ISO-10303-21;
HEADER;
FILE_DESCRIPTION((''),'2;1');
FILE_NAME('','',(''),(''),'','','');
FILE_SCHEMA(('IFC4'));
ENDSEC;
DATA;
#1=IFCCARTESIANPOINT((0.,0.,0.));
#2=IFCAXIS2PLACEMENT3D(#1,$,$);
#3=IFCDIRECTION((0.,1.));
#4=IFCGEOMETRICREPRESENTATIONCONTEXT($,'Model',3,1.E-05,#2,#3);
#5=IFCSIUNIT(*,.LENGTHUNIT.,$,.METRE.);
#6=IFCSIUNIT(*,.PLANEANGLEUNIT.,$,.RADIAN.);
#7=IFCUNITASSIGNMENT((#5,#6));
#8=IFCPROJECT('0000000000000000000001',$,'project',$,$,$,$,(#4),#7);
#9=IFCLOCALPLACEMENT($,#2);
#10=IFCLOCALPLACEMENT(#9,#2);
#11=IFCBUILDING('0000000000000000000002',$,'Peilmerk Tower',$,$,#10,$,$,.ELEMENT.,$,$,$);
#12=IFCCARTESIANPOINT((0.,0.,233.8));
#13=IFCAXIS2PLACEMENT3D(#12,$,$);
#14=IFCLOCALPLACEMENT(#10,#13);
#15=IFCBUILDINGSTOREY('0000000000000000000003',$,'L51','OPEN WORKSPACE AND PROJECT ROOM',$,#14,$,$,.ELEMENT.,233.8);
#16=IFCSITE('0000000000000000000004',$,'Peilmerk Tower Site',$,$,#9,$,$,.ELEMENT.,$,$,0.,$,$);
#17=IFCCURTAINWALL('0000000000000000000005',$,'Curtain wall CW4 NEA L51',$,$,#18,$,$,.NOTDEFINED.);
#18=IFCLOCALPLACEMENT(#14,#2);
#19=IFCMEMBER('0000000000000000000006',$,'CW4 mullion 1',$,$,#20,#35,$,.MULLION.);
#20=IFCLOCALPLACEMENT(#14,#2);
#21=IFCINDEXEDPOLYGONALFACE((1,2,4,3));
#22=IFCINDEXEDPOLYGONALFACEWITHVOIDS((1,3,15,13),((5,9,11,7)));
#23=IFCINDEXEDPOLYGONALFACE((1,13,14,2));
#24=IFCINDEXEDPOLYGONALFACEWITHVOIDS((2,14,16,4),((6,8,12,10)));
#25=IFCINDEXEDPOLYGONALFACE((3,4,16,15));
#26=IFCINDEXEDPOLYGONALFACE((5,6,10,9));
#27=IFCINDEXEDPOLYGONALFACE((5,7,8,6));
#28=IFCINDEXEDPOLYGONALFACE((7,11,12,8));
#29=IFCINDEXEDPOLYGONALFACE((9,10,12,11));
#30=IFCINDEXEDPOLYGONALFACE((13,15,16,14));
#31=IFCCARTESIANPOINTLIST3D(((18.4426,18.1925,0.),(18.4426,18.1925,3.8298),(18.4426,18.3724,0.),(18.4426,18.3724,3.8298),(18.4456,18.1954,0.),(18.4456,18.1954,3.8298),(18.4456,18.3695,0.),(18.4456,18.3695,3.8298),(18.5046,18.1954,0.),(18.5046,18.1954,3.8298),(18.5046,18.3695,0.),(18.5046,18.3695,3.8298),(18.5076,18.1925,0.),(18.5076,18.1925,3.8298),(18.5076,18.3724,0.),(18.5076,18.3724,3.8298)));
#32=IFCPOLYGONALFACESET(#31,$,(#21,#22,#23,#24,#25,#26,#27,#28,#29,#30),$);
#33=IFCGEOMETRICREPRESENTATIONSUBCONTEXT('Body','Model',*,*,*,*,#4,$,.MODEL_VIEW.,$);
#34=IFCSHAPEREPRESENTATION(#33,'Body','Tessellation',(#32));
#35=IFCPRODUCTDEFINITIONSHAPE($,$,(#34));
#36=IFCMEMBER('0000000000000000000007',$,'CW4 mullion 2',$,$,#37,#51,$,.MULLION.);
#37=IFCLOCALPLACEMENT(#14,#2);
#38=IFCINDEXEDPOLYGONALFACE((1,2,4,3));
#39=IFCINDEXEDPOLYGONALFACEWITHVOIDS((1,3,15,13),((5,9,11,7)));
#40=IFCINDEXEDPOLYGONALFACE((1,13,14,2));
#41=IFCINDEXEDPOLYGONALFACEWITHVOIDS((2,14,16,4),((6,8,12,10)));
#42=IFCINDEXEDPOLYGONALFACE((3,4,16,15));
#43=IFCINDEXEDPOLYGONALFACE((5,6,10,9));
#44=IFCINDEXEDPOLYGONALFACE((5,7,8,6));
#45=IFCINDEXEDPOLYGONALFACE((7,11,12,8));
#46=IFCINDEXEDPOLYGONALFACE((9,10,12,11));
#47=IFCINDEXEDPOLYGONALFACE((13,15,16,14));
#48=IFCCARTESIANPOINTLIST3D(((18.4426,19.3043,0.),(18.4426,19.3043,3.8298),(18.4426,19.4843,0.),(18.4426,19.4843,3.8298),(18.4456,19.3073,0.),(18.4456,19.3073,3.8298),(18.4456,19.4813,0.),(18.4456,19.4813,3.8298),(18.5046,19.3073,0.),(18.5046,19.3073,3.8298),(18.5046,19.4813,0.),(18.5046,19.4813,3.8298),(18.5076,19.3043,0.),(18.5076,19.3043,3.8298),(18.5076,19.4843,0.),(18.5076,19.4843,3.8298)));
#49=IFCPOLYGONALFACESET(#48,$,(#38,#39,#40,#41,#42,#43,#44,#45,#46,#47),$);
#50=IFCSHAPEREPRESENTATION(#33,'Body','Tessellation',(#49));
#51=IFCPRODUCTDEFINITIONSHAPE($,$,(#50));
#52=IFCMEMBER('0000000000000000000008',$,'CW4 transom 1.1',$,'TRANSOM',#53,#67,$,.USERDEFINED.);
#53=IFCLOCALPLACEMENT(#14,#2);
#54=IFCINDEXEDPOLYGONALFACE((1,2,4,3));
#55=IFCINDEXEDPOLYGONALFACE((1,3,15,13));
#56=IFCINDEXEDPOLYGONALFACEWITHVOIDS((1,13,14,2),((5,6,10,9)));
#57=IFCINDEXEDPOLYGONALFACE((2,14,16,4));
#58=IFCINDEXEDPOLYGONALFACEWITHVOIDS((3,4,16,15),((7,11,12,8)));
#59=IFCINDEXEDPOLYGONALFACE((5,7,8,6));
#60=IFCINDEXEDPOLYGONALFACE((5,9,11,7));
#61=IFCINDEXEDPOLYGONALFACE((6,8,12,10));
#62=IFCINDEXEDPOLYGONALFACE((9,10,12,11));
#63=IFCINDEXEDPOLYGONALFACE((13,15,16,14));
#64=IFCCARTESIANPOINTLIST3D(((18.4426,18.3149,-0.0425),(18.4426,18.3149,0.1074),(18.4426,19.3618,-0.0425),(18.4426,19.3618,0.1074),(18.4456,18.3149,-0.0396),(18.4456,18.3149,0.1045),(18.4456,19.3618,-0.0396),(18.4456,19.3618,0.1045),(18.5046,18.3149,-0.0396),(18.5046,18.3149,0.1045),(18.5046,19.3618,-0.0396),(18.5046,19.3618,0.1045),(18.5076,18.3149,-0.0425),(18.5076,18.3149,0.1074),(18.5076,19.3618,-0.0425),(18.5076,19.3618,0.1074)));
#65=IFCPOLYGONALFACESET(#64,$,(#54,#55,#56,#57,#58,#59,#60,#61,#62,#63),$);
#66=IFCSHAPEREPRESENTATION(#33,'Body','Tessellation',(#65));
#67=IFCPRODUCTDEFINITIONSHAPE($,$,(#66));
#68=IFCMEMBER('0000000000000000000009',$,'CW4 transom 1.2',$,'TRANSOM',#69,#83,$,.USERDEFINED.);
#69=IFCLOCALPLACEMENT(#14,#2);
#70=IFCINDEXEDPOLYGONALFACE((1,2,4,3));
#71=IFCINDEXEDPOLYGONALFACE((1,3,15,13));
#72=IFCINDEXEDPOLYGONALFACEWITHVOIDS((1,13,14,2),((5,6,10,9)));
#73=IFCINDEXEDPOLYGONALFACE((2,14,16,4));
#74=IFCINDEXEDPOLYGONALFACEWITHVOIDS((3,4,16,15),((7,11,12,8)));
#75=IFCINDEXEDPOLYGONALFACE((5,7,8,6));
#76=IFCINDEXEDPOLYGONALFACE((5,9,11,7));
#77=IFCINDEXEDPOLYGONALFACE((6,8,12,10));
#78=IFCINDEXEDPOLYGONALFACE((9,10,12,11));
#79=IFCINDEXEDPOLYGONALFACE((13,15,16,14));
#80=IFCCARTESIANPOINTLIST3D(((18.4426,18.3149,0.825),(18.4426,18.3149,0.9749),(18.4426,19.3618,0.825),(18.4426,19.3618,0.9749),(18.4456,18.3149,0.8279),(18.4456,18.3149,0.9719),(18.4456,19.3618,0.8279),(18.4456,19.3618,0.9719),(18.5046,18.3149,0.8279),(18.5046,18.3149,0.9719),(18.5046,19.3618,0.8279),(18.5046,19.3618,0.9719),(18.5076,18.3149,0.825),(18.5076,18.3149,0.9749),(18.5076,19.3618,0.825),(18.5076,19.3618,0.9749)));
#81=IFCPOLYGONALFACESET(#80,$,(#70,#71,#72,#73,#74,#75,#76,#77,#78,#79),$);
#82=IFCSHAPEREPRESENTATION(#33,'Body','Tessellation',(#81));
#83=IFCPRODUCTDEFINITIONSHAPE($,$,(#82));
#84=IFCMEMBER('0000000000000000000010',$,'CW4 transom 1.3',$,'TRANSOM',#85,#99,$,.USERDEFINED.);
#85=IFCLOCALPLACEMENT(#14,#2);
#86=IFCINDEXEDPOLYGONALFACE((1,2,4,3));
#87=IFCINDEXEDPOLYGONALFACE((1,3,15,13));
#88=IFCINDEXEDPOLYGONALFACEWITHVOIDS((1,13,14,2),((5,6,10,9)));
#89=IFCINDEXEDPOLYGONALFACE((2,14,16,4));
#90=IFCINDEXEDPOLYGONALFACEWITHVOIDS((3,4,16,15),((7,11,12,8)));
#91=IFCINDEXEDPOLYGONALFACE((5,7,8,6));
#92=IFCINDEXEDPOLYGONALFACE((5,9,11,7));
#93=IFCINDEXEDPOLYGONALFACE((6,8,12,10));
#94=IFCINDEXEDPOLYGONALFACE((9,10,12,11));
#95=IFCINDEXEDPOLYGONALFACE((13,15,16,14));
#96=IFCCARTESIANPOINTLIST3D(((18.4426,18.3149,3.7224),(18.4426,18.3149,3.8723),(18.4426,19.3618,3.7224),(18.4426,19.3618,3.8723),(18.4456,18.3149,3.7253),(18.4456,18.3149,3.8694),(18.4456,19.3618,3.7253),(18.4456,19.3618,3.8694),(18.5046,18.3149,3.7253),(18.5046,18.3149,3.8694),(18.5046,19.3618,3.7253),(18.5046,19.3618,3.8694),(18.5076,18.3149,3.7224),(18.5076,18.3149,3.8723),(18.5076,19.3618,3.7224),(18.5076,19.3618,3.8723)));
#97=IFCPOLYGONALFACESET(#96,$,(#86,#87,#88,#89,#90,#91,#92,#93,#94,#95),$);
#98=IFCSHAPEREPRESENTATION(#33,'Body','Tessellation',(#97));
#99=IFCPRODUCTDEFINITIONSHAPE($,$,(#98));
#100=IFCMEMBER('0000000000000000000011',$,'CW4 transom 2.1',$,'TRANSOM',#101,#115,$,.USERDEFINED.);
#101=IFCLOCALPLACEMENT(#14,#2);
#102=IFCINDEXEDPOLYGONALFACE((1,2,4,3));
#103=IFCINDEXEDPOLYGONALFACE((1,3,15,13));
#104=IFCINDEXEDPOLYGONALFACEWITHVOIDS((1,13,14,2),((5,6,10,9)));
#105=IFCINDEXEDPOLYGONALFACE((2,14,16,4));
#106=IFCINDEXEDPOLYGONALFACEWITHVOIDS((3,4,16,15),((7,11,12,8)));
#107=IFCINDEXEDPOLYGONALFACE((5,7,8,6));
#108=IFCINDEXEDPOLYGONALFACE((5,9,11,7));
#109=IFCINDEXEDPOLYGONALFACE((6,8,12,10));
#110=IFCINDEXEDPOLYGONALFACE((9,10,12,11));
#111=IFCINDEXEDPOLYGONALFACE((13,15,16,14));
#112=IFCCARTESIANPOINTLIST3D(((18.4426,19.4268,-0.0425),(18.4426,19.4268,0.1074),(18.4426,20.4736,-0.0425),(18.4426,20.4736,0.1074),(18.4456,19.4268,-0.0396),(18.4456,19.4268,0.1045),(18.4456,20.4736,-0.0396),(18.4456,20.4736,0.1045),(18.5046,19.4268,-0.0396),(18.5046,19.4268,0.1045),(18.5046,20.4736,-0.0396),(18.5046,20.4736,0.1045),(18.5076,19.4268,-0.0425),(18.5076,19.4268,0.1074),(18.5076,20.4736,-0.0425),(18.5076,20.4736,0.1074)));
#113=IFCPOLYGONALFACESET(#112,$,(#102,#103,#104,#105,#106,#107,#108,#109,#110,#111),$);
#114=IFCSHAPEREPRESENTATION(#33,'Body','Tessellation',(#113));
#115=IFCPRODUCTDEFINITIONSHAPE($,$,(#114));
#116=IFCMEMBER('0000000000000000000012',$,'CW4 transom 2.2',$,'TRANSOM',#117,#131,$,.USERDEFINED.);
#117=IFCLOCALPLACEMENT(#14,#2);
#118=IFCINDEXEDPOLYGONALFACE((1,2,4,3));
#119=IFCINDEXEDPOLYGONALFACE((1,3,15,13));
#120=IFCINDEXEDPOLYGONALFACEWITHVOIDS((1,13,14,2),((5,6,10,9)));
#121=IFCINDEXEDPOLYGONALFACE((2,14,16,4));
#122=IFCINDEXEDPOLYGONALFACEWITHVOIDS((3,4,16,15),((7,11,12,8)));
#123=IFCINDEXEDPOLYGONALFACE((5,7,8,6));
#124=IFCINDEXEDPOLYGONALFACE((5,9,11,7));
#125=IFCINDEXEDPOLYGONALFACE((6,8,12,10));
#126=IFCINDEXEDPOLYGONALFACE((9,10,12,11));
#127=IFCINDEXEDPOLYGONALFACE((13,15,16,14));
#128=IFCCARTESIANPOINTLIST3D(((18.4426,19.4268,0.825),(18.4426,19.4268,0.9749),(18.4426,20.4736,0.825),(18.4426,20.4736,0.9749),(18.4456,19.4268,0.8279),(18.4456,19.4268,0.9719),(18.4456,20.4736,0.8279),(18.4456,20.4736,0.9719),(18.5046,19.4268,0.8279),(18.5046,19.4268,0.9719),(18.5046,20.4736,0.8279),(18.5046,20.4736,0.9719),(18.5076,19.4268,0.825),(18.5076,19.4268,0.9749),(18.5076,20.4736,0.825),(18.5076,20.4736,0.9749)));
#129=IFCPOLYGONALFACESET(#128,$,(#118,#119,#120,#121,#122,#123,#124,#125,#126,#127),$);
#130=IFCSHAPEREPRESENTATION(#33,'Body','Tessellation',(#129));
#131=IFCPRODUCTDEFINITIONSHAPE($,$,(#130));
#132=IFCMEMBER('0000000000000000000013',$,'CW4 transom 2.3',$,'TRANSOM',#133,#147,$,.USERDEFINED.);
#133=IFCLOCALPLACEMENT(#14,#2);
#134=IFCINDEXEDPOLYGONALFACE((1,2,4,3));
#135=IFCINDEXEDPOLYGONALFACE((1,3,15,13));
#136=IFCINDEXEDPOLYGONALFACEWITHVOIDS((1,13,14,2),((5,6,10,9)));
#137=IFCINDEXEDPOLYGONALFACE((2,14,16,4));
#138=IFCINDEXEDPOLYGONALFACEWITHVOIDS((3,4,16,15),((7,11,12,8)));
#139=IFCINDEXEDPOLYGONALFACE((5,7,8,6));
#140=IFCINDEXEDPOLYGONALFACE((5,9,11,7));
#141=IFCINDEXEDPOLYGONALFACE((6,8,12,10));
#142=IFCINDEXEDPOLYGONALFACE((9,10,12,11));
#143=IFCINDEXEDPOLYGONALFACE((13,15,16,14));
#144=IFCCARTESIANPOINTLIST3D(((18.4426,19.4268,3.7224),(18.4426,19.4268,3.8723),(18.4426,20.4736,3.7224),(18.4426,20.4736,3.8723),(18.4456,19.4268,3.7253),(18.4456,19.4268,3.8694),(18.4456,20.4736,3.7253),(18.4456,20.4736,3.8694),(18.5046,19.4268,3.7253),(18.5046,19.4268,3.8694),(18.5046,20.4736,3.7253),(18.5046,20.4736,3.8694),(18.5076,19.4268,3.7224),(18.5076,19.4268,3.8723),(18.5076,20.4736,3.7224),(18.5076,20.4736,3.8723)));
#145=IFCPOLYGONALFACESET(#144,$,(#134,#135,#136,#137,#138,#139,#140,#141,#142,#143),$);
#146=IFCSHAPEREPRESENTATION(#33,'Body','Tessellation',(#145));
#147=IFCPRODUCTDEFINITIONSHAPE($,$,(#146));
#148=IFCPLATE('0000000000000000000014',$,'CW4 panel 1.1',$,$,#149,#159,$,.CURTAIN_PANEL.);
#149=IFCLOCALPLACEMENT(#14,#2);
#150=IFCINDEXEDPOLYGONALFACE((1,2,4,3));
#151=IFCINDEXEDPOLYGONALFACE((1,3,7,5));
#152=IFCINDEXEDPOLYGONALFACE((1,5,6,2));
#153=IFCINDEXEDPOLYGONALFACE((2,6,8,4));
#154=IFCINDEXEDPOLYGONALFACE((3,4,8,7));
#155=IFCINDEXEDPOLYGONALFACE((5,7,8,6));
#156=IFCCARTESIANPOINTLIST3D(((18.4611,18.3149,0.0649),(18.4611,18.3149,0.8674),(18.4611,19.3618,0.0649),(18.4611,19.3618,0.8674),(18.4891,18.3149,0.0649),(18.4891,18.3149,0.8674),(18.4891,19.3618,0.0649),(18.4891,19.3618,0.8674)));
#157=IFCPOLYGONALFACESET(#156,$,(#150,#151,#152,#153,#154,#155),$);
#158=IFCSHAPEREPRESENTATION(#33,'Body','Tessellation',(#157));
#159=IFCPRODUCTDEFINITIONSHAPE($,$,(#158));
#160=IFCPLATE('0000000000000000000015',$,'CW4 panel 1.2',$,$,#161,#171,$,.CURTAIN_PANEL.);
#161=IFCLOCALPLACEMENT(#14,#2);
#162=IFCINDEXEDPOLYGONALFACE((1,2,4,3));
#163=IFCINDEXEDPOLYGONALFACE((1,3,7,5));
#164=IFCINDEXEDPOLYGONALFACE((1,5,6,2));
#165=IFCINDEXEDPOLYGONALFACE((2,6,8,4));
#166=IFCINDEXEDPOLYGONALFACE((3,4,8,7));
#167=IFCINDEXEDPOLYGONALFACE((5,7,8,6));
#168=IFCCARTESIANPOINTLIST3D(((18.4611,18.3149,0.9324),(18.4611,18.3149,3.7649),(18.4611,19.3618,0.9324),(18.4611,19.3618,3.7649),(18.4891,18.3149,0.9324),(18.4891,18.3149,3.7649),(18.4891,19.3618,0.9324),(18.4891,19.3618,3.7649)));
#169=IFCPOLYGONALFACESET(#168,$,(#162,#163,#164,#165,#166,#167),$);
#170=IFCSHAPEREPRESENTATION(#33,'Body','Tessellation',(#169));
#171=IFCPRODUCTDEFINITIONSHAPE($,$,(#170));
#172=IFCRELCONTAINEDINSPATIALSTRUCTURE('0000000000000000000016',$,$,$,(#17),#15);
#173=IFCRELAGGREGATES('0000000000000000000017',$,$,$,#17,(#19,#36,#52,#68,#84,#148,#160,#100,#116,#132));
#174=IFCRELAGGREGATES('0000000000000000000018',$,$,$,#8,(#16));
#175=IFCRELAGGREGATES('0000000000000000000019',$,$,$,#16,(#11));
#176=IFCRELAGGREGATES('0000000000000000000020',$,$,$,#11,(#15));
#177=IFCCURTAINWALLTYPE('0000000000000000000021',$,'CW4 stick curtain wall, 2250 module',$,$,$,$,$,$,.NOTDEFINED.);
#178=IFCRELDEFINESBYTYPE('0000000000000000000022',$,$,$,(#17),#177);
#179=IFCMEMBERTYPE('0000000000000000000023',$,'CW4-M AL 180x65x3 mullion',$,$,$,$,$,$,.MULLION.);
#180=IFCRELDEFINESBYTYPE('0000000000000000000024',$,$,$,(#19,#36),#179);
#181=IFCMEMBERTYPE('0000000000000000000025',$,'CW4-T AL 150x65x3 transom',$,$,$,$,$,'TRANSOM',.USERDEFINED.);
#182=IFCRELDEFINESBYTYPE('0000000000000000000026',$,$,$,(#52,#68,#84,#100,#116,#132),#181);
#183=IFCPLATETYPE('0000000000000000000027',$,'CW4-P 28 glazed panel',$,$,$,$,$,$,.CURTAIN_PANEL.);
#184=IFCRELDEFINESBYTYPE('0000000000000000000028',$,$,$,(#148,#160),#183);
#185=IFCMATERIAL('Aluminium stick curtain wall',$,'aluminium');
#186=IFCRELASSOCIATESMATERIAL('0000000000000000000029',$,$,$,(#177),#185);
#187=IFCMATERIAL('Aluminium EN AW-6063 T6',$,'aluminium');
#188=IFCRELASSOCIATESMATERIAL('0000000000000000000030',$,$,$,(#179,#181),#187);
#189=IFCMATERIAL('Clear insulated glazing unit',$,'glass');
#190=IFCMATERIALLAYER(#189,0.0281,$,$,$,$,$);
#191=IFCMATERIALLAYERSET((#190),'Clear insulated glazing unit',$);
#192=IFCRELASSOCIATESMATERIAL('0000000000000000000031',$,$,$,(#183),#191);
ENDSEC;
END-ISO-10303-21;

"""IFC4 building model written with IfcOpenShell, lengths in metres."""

from ifc_helpers import new_model, si_unit, direction, frame, origin, origin_2d, place, context, subcontext, project, spatial, rectangle, hollow_rectangle, extrude, material, layer, layer_set, material_profile, profile_set, type_object, element, aggregate, save


model = new_model("IFC4")

# Units and contexts
model_context = context("Model", 3, precision=1e-05, world=origin(), true_north=direction((0.0, 1.0)))
body_context = subcontext(model_context, "Body", "Model", "MODEL_VIEW")
ifc_project = project(units=[si_unit("LENGTHUNIT", "METRE"), si_unit("PLANEANGLEUNIT", "RADIAN")], contexts=[model_context])

# Site, building, storey
site_placement = place(None, origin())
site = spatial("IfcSite", under=ifc_project, at=site_placement, Name="Peilmerk Tower Site", CompositionType="ELEMENT", RefElevation=0.0)
building_placement = place(site_placement, origin())
building = spatial("IfcBuilding", under=site, at=building_placement, Name="Peilmerk Tower", CompositionType="ELEMENT")
storey_placement = place(building_placement, frame((0.0, 0.0, 233.8)))
storey = spatial("IfcBuildingStorey", under=building, at=storey_placement, Name="L51", Description="OPEN WORKSPACE AND PROJECT ROOM", CompositionType="ELEMENT", Elevation=233.8)

# Curtain wall, members, plates
ifc_material_1 = material(Name="Aluminium stick curtain wall", Category="aluminium")
curtain_wall_type = type_object("IfcCurtainWallType", Name="CW4 stick curtain wall, 2250 module", PredefinedType="NOTDEFINED", material=ifc_material_1)
curtain_wall_placement = place(storey_placement, origin())
curtain_wall = element("IfcCurtainWall", 1, at=curtain_wall_placement, inside=storey, type_object=curtain_wall_type, Name="Curtain wall CW4 NEA L51", PredefinedType="NOTDEFINED")
ifc_material_2 = material(Name="Aluminium EN AW-6063 T6", Category="aluminium")
ifc_material_profile_1 = material_profile(ifc_material_2, hollow_rectangle(XDim=0.0649, YDim=0.1799, WallThickness=0.0029, at=origin_2d()), Name="AL 180x65x3")
ifc_profile_set_1 = profile_set([ifc_material_profile_1], Name="Aluminium EN AW-6063 T6")
member_type_1 = type_object("IfcMemberType", Name="CW4-M AL 180x65x3 mullion", PredefinedType="MULLION", material=ifc_profile_set_1)
member_1_placement = place(storey_placement, frame((18.4751, 18.2825, 0.0), z_axis=(0.0, 0.0, 1.0), x_axis=(-1.0, 0.0, 0.0)))
member_1 = element("IfcMember", 2, at=member_1_placement, type_object=member_type_1, Name="CW4 mullion 1", PredefinedType="MULLION", context=body_context, shape_type="SweptSolid", body=[
    extrude(hollow_rectangle(XDim=0.0649, YDim=0.1799, WallThickness=0.0029, at=origin_2d()), origin(), (0.0, 0.0, 1.0), 3.8298),
])
member_2_placement = place(storey_placement, frame((18.4751, 19.3943, 0.0), z_axis=(0.0, 0.0, 1.0), x_axis=(-1.0, 0.0, 0.0)))
member_2 = element("IfcMember", 3, at=member_2_placement, type_object=member_type_1, Name="CW4 mullion 2", PredefinedType="MULLION", context=body_context, shape_type="SweptSolid", body=[
    extrude(hollow_rectangle(XDim=0.0649, YDim=0.1799, WallThickness=0.0029, at=origin_2d()), origin(), (0.0, 0.0, 1.0), 3.8298),
])
ifc_material_profile_2 = material_profile(ifc_material_2, hollow_rectangle(XDim=0.0649, YDim=0.1499, WallThickness=0.0029, at=origin_2d()), Name="AL 150x65x3")
ifc_profile_set_2 = profile_set([ifc_material_profile_2], Name="Aluminium EN AW-6063 T6")
member_type_2 = type_object("IfcMemberType", Name="CW4-T AL 150x65x3 transom", ElementType="TRANSOM", PredefinedType="USERDEFINED", material=ifc_profile_set_2)
member_3_placement = place(storey_placement, frame((18.4751, 18.3149, 0.0325), z_axis=(0.0, 1.0, 0.0), x_axis=(-1.0, 0.0, 0.0)))
member_3 = element("IfcMember", 4, at=member_3_placement, type_object=member_type_2, Name="CW4 transom 1.1", ObjectType="TRANSOM", PredefinedType="USERDEFINED", context=body_context, shape_type="SweptSolid", body=[
    extrude(hollow_rectangle(XDim=0.0649, YDim=0.1499, WallThickness=0.0029, at=origin_2d()), origin(), (0.0, 0.0, 1.0), 1.0469),
])
member_4_placement = place(storey_placement, frame((18.4751, 18.3149, 0.8999), z_axis=(0.0, 1.0, 0.0), x_axis=(-1.0, 0.0, 0.0)))
member_4 = element("IfcMember", 5, at=member_4_placement, type_object=member_type_2, Name="CW4 transom 1.2", ObjectType="TRANSOM", PredefinedType="USERDEFINED", context=body_context, shape_type="SweptSolid", body=[
    extrude(hollow_rectangle(XDim=0.0649, YDim=0.1499, WallThickness=0.0029, at=origin_2d()), origin(), (0.0, 0.0, 1.0), 1.0469),
])
member_5_placement = place(storey_placement, frame((18.4751, 18.3149, 3.7974), z_axis=(0.0, 1.0, 0.0), x_axis=(-1.0, 0.0, 0.0)))
member_5 = element("IfcMember", 6, at=member_5_placement, type_object=member_type_2, Name="CW4 transom 1.3", ObjectType="TRANSOM", PredefinedType="USERDEFINED", context=body_context, shape_type="SweptSolid", body=[
    extrude(hollow_rectangle(XDim=0.0649, YDim=0.1499, WallThickness=0.0029, at=origin_2d()), origin(), (0.0, 0.0, 1.0), 1.0469),
])
member_6_placement = place(storey_placement, frame((18.4751, 19.4268, 0.0325), z_axis=(0.0, 1.0, 0.0), x_axis=(-1.0, 0.0, 0.0)))
member_6 = element("IfcMember", 7, at=member_6_placement, type_object=member_type_2, Name="CW4 transom 2.1", ObjectType="TRANSOM", PredefinedType="USERDEFINED", context=body_context, shape_type="SweptSolid", body=[
    extrude(hollow_rectangle(XDim=0.0649, YDim=0.1499, WallThickness=0.0029, at=origin_2d()), origin(), (0.0, 0.0, 1.0), 1.0469),
])
member_7_placement = place(storey_placement, frame((18.4751, 19.4268, 0.8999), z_axis=(0.0, 1.0, 0.0), x_axis=(-1.0, 0.0, 0.0)))
member_7 = element("IfcMember", 8, at=member_7_placement, type_object=member_type_2, Name="CW4 transom 2.2", ObjectType="TRANSOM", PredefinedType="USERDEFINED", context=body_context, shape_type="SweptSolid", body=[
    extrude(hollow_rectangle(XDim=0.0649, YDim=0.1499, WallThickness=0.0029, at=origin_2d()), origin(), (0.0, 0.0, 1.0), 1.0469),
])
member_8_placement = place(storey_placement, frame((18.4751, 19.4268, 3.7974), z_axis=(0.0, 1.0, 0.0), x_axis=(-1.0, 0.0, 0.0)))
member_8 = element("IfcMember", 9, at=member_8_placement, type_object=member_type_2, Name="CW4 transom 2.3", ObjectType="TRANSOM", PredefinedType="USERDEFINED", context=body_context, shape_type="SweptSolid", body=[
    extrude(hollow_rectangle(XDim=0.0649, YDim=0.1499, WallThickness=0.0029, at=origin_2d()), origin(), (0.0, 0.0, 1.0), 1.0469),
])
ifc_material_3 = material(Name="Clear insulated glazing unit", Category="glass")
ifc_layer_1 = layer(ifc_material_3, 0.0281)
ifc_layer_set_1 = layer_set([ifc_layer_1], Name="Clear insulated glazing unit")
plate_type = type_object("IfcPlateType", Name="CW4-P 28 glazed panel", PredefinedType="CURTAIN_PANEL", material=ifc_layer_set_1)
plate_1_placement = place(storey_placement, frame((18.4751, 18.8384, 0.0649), z_axis=(0.0, 0.0, 1.0), x_axis=(0.0, 1.0, 0.0)))
plate_1 = element("IfcPlate", 10, at=plate_1_placement, type_object=plate_type, Name="CW4 panel 1.1", PredefinedType="CURTAIN_PANEL", context=body_context, shape_type="SweptSolid", body=[
    extrude(rectangle(XDim=1.0469, YDim=0.0281, at=origin_2d()), origin(), (0.0, 0.0, 1.0), 0.8025),
])
plate_2_placement = place(storey_placement, frame((18.4751, 18.8384, 0.9324), z_axis=(0.0, 0.0, 1.0), x_axis=(0.0, 1.0, 0.0)))
plate_2 = element("IfcPlate", 11, at=plate_2_placement, type_object=plate_type, Name="CW4 panel 1.2", PredefinedType="CURTAIN_PANEL", context=body_context, shape_type="SweptSolid", body=[
    extrude(rectangle(XDim=1.0469, YDim=0.0281, at=origin_2d()), origin(), (0.0, 0.0, 1.0), 2.8325),
])
aggregate(curtain_wall, [member_1, member_2, member_3, member_4, member_5, plate_1, plate_2, member_6, member_7, member_8])

save(model, "model.ifc")
